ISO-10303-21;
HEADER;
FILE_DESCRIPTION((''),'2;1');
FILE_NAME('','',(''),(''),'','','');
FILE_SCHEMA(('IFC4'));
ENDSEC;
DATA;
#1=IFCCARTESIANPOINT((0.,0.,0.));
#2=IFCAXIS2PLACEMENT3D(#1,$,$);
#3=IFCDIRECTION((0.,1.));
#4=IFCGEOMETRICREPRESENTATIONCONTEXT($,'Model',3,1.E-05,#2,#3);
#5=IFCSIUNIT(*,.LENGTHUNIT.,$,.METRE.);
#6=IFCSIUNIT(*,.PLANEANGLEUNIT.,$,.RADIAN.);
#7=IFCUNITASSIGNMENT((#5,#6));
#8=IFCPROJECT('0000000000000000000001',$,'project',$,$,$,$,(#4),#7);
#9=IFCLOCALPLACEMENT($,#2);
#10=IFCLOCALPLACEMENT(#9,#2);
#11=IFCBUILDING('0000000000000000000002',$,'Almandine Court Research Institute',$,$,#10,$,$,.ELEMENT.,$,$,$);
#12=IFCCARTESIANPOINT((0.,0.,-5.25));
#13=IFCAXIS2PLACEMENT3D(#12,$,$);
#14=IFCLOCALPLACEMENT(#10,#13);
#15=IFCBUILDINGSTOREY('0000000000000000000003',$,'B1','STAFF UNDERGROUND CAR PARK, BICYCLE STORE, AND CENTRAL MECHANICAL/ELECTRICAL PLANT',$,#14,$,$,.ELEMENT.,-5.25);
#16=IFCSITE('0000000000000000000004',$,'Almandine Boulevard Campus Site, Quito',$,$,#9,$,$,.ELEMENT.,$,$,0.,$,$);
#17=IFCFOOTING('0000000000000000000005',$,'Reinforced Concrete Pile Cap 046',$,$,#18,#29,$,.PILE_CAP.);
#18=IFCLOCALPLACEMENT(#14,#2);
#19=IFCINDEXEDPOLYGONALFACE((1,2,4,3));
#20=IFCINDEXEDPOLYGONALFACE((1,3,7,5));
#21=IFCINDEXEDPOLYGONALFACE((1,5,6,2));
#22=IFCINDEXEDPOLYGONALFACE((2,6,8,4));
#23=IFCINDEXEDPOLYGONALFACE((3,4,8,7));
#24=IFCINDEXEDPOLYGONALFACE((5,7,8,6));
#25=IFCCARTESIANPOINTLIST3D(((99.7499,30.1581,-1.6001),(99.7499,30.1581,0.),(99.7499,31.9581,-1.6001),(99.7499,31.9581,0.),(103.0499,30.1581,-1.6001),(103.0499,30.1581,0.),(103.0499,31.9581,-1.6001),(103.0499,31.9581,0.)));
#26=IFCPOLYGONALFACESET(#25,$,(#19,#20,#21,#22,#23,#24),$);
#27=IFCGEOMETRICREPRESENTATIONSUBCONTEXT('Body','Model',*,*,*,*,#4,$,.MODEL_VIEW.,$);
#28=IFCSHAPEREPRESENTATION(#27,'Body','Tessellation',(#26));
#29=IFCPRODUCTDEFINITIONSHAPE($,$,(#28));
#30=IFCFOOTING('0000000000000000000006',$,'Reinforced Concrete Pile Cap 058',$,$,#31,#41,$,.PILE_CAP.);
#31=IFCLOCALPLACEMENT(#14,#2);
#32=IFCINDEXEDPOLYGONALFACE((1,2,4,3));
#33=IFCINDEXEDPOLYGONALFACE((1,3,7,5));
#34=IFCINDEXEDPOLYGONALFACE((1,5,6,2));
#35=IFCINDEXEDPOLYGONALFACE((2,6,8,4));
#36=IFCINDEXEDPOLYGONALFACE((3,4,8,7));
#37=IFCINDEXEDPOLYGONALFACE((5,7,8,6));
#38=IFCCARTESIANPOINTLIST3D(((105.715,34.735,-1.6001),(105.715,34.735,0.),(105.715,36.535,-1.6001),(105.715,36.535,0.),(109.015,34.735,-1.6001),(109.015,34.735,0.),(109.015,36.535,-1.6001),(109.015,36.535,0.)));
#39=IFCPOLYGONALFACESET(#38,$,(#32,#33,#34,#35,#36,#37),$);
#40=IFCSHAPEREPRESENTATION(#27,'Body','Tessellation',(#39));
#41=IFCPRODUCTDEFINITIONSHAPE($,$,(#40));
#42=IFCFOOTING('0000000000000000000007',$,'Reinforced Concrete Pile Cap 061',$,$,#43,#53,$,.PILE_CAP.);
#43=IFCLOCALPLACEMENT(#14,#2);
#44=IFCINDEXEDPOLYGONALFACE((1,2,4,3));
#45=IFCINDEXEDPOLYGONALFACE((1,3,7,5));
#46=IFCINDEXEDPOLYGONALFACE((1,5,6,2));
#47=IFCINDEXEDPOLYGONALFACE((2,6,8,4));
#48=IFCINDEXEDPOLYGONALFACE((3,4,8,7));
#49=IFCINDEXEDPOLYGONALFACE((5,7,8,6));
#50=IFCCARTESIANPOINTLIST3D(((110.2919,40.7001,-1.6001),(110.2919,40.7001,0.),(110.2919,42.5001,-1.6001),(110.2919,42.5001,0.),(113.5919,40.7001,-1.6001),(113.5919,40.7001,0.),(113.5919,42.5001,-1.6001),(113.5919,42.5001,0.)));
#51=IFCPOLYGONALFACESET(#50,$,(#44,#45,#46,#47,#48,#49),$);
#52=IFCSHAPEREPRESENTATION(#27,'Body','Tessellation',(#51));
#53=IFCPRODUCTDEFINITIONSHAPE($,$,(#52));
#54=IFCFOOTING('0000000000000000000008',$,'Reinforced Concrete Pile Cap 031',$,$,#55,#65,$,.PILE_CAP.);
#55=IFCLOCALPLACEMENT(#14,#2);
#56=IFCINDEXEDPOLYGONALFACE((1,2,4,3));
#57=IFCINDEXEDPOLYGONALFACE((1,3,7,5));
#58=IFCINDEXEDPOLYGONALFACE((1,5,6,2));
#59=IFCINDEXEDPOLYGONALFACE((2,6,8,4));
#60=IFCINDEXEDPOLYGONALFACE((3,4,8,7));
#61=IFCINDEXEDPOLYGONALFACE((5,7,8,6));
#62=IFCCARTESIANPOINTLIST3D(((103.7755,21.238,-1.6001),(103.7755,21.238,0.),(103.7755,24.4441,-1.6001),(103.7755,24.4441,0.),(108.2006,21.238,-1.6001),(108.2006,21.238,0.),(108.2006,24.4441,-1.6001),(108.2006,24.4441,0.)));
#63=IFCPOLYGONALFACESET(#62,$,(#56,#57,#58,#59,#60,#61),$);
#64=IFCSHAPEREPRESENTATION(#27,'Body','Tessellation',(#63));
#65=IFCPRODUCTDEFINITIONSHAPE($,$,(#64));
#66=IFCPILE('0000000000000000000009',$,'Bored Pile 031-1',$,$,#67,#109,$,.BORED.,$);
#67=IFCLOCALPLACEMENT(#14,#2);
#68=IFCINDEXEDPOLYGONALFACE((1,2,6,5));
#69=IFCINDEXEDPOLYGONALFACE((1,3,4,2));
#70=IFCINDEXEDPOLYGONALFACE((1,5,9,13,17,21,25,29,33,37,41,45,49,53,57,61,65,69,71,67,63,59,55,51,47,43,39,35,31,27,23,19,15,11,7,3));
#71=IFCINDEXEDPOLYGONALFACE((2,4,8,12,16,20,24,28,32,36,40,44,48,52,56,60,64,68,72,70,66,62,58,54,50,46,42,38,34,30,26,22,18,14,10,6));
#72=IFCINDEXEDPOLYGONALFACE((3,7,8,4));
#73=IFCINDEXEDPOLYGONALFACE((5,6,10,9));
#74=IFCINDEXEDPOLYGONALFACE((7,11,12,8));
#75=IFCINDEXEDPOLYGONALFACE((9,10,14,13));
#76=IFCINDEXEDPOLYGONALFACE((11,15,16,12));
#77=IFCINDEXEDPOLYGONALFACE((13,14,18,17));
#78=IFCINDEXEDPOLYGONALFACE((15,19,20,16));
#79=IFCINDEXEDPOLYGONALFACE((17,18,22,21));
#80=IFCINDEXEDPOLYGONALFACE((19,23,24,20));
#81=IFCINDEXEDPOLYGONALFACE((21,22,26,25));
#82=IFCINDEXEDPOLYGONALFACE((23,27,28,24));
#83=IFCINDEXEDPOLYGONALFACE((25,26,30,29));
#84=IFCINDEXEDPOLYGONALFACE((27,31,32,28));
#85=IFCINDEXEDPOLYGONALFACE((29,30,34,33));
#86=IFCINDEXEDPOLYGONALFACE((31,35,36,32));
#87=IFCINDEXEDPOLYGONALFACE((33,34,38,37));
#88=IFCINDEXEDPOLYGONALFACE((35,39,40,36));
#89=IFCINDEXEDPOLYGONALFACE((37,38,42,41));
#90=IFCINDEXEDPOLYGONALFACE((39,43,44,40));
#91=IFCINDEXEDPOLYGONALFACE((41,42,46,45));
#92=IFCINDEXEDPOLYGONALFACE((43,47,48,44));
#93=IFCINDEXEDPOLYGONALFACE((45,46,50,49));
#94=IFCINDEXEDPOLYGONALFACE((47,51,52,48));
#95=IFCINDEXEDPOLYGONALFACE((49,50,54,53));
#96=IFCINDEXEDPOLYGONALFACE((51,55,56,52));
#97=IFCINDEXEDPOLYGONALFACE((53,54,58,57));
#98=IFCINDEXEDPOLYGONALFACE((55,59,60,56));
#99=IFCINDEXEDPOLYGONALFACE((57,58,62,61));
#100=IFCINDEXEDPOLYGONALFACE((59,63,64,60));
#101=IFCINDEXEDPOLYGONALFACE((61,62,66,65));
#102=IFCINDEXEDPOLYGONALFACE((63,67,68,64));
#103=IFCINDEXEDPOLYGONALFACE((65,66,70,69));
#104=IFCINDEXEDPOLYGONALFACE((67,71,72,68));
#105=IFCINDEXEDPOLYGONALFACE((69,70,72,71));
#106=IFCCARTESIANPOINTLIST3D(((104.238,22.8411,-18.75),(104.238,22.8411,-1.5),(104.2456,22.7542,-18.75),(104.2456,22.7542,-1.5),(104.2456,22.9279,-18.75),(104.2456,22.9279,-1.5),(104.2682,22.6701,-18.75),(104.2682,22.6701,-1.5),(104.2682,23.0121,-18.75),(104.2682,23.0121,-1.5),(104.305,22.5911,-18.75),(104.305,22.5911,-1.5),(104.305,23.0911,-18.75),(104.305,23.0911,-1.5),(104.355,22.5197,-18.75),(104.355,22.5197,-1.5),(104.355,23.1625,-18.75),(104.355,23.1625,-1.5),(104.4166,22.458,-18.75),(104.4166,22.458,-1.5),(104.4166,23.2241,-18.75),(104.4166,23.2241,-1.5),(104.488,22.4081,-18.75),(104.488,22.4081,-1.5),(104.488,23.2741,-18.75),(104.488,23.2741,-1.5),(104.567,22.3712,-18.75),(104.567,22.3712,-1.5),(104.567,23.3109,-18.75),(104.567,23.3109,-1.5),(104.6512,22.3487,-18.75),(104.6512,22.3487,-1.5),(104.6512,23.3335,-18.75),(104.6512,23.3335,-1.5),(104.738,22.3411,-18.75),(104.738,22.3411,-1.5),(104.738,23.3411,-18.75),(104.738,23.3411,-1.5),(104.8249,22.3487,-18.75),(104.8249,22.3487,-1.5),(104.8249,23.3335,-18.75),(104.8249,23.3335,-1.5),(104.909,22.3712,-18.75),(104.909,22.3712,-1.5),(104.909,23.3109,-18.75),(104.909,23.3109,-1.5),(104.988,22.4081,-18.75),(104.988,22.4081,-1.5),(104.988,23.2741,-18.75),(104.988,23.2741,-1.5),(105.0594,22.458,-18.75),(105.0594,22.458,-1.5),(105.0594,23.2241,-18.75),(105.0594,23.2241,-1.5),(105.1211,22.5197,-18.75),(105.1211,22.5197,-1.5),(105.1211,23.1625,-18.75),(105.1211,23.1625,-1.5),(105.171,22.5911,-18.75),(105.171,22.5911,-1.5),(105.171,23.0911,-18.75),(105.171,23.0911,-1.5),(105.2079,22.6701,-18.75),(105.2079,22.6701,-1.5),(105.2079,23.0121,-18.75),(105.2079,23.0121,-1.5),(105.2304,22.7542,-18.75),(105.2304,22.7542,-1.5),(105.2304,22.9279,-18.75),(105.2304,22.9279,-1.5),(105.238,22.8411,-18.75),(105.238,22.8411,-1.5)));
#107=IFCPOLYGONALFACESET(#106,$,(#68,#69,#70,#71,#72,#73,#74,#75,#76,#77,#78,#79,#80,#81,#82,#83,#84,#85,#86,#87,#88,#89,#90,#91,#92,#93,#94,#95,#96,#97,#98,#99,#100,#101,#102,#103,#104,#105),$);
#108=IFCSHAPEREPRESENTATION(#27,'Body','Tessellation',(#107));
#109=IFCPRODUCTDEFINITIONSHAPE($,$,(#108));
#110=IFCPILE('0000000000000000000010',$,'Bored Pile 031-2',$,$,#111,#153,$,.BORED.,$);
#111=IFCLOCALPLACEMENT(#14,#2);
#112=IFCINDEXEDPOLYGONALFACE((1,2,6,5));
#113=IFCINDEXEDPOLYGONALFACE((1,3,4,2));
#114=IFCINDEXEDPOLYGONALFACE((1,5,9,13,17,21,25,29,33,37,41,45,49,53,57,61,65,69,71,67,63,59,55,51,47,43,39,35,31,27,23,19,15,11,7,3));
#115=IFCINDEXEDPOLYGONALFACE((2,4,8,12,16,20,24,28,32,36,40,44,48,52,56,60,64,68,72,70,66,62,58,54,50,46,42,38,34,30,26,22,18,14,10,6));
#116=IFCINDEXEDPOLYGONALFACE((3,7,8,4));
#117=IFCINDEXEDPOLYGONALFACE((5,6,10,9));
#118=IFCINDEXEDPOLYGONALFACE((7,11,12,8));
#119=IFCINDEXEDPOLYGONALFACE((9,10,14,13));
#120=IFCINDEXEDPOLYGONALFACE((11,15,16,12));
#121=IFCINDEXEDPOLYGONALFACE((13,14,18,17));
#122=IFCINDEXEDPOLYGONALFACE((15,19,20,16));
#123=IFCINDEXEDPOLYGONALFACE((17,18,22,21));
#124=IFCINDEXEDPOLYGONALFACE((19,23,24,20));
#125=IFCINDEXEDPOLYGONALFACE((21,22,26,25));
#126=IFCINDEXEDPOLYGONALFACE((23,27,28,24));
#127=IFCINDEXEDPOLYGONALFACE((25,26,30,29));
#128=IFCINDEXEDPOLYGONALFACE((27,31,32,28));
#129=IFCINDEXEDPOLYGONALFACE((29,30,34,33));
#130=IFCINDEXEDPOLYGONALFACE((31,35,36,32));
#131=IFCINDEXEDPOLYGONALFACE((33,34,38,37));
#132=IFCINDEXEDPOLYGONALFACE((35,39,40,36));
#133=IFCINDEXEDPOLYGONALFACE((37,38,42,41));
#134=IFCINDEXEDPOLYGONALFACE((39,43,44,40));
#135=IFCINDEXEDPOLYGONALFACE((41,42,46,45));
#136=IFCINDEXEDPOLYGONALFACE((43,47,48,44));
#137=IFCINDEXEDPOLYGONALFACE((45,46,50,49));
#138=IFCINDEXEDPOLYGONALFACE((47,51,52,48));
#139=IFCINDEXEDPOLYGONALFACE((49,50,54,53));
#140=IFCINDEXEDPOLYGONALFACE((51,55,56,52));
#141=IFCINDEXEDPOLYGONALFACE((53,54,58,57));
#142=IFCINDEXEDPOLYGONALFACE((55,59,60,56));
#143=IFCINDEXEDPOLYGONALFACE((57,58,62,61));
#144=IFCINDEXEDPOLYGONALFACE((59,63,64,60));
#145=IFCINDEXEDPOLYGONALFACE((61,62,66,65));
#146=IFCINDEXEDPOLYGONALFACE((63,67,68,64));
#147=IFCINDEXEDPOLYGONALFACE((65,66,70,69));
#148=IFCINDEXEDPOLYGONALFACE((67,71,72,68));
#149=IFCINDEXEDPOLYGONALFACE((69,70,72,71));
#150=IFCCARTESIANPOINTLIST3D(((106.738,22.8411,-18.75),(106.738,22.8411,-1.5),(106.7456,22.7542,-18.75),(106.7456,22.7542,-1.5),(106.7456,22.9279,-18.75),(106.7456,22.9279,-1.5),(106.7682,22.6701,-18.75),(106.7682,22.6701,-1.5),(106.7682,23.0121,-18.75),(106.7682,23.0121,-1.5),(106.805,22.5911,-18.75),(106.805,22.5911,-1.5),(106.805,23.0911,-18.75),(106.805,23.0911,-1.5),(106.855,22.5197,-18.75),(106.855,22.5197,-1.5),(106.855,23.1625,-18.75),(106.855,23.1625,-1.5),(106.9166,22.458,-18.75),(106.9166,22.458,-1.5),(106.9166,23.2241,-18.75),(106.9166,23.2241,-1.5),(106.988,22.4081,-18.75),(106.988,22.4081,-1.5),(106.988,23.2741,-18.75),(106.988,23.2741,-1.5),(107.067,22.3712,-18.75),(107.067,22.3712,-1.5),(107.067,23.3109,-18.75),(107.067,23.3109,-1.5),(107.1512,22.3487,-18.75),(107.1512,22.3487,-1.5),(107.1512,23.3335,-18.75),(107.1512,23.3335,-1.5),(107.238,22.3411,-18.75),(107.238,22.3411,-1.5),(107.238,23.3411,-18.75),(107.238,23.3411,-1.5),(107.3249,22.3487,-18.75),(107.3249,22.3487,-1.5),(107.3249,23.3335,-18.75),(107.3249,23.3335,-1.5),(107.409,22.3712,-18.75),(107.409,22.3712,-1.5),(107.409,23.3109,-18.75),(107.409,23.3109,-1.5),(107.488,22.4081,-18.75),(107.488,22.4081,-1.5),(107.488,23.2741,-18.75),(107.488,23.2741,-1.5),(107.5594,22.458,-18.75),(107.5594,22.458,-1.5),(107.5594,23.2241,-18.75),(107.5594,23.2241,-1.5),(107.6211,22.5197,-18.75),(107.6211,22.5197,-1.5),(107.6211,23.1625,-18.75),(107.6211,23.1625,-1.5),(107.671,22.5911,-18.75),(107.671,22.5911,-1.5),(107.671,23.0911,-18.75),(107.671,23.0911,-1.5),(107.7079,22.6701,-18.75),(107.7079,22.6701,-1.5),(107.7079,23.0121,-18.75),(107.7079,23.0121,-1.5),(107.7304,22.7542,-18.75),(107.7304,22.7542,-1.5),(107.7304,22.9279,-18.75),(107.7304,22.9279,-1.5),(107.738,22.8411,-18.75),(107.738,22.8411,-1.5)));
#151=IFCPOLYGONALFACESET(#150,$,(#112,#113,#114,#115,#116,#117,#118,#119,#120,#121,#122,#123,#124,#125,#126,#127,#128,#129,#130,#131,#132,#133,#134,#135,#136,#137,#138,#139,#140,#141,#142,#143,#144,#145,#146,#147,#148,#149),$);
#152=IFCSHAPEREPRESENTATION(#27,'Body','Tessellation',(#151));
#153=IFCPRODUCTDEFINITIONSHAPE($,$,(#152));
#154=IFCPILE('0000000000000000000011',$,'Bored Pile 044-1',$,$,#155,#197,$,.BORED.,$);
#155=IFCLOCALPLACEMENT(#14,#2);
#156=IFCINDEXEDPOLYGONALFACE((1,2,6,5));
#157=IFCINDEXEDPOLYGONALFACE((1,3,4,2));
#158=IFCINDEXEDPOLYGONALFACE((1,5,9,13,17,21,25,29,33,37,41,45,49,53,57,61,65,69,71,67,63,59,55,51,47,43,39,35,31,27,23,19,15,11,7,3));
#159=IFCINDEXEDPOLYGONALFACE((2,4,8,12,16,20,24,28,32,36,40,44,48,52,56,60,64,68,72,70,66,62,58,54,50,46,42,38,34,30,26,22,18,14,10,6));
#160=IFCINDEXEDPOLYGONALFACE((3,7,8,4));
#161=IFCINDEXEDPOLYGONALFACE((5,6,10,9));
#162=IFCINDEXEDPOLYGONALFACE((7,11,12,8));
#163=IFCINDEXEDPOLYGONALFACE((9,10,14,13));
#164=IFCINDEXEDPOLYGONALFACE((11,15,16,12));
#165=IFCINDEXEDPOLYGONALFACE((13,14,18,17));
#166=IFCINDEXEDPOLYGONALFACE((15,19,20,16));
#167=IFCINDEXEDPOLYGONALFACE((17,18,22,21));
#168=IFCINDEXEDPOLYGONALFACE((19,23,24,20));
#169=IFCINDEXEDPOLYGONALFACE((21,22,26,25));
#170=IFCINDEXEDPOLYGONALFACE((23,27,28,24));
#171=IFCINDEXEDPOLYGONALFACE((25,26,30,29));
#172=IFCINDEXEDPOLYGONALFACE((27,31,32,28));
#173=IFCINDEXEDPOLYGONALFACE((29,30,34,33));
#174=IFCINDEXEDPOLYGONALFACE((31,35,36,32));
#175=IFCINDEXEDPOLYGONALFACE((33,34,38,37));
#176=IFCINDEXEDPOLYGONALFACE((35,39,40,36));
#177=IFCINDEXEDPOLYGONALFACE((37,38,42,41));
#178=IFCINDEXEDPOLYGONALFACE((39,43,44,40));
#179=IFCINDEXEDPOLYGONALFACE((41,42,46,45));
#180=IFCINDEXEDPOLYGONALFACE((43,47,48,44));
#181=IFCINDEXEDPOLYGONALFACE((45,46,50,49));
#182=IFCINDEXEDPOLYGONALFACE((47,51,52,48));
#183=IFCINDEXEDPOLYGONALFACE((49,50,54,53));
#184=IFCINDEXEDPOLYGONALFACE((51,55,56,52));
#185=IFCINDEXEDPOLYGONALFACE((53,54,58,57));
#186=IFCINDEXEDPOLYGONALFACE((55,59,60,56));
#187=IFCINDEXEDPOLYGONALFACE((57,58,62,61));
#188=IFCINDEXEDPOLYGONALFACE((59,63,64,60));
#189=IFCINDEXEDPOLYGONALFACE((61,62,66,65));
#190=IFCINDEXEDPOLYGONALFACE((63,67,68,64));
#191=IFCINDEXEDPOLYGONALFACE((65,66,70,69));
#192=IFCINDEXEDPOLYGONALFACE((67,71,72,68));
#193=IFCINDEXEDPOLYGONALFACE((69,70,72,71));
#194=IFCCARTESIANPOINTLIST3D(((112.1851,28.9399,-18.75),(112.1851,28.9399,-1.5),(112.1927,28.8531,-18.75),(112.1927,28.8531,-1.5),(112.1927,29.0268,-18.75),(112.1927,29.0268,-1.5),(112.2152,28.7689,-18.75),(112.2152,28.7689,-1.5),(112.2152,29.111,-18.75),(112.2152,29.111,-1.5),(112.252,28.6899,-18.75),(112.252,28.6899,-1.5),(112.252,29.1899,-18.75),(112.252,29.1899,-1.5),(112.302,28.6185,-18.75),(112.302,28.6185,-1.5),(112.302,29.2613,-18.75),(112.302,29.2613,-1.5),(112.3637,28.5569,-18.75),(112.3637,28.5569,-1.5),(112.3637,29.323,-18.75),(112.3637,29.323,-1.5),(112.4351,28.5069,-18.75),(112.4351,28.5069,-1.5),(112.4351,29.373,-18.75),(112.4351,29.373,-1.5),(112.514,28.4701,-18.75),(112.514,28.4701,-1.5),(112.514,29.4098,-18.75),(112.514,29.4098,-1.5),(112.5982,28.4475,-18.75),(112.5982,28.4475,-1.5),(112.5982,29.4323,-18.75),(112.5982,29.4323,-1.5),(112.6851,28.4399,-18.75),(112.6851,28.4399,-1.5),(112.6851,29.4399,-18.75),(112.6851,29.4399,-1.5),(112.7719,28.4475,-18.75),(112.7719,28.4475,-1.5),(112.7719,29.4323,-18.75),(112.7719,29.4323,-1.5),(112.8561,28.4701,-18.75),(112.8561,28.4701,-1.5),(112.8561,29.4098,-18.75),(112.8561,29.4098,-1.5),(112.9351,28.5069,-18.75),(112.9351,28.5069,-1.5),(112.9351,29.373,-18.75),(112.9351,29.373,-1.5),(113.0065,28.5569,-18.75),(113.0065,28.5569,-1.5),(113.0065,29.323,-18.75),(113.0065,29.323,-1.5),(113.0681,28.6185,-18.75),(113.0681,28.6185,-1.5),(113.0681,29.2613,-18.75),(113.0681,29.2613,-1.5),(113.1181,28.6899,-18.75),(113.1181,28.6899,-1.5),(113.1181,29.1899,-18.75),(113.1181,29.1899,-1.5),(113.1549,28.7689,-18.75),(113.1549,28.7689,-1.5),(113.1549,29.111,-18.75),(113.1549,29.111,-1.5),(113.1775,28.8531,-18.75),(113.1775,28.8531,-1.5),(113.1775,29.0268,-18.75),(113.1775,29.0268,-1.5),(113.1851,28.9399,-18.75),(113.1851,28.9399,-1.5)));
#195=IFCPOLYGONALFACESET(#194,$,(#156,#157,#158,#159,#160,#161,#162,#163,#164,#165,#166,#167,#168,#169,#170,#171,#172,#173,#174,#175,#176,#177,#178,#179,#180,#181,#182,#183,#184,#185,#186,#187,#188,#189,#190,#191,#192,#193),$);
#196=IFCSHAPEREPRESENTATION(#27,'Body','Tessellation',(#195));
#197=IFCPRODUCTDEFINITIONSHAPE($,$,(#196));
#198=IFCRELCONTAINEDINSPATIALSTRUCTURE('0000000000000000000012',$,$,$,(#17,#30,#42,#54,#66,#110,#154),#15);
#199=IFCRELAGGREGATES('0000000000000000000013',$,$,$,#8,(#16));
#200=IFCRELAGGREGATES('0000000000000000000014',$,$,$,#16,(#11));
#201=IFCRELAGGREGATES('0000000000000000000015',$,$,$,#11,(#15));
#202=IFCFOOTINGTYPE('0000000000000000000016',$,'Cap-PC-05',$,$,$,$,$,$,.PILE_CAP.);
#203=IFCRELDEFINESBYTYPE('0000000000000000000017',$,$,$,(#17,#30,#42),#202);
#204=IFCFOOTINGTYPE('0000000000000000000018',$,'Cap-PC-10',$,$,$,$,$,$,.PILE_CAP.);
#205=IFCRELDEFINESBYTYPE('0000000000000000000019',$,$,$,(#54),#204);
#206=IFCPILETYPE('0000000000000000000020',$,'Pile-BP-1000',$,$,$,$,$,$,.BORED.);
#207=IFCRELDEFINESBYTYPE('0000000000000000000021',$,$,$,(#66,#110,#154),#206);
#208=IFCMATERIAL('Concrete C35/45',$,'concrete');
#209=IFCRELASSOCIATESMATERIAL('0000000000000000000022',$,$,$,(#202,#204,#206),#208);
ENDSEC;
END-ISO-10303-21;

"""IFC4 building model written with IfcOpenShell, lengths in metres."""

from ifc_helpers import new_model, si_unit, direction, frame, origin, origin_2d, place, context, subcontext, project, spatial, rectangle, circle, extrude, material, material_profile, profile_set, type_object, element, save


model = new_model("IFC4")

# Units and contexts
model_context = context("Model", 3, precision=1e-05, world=origin(), true_north=direction((0.0, 1.0)))
body_context = subcontext(model_context, "Body", "Model", "MODEL_VIEW")
ifc_project = project(units=[si_unit("LENGTHUNIT", "METRE"), si_unit("PLANEANGLEUNIT", "RADIAN")], contexts=[model_context])

# Site, building, storey
site_placement = place(None, origin())
site = spatial("IfcSite", under=ifc_project, at=site_placement, Name="Almandine Boulevard Campus Site, Quito", CompositionType="ELEMENT", RefElevation=0.0)
building_placement = place(site_placement, origin())
building = spatial("IfcBuilding", under=site, at=building_placement, Name="Almandine Court Research Institute", CompositionType="ELEMENT")
storey_placement = place(building_placement, frame((0.0, 0.0, -5.25)))
storey = spatial("IfcBuildingStorey", under=building, at=storey_placement, Name="B1", Description="STAFF UNDERGROUND CAR PARK, BICYCLE STORE, AND CENTRAL MECHANICAL/ELECTRICAL PLANT", CompositionType="ELEMENT", Elevation=-5.25)

# Footings
ifc_material_1 = material(Name="Concrete C35/45", Category="concrete")
footing_type_1 = type_object("IfcFootingType", Name="Cap-PC-05", PredefinedType="PILE_CAP", material=ifc_material_1)
for number, where, z_axis, x_axis, name in (
    (1, (101.3999, 31.0581, -1.6001), (0.0, 0.0, 1.0), (1.0, 0.0, 0.0), "Reinforced Concrete Pile Cap 046"),
    (2, (107.365, 35.635, -1.6001), (0.0, 0.0, 1.0), (1.0, 0.0, 0.0), "Reinforced Concrete Pile Cap 058"),
    (3, (111.9419, 41.6001, -1.6001), (0.0, 0.0, 1.0), (1.0, 0.0, 0.0), "Reinforced Concrete Pile Cap 061"),
):
    element("IfcFooting", number, at=place(storey_placement, frame(where, z_axis=z_axis, x_axis=x_axis)), inside=storey, type_object=footing_type_1, Name=name, PredefinedType="PILE_CAP", context=body_context, shape_type="SweptSolid", body=[
        extrude(rectangle(XDim=3.3, YDim=1.8, at=origin_2d()), origin(), (0.0, 0.0, 1.0), 1.6001),
    ])
footing_type_2 = type_object("IfcFootingType", Name="Cap-PC-10", PredefinedType="PILE_CAP", material=ifc_material_1)
footing_1_placement = place(storey_placement, frame((105.988, 22.8411, -1.6001), z_axis=(0.0, 0.0, 1.0), x_axis=(1.0, 0.0, 0.0)))
element("IfcFooting", 4, at=footing_1_placement, inside=storey, type_object=footing_type_2, Name="Reinforced Concrete Pile Cap 031", PredefinedType="PILE_CAP", context=body_context, shape_type="SweptSolid", body=[
    extrude(rectangle(XDim=4.425, YDim=3.2061, at=origin_2d()), origin(), (0.0, 0.0, 1.0), 1.6001),
])

# Piles
ifc_material_profile_1 = material_profile(ifc_material_1, circle(Radius=0.5, at=origin_2d()), Name="BORED PILE D1000")
ifc_profile_set_1 = profile_set([ifc_material_profile_1], Name="Concrete C35/45")
pile_type_1 = type_object("IfcPileType", Name="Pile-BP-1000", PredefinedType="BORED", material=ifc_profile_set_1)
for number, where, z_axis, x_axis, name in (
    (5, (104.738, 22.8411, -1.5), (0.0, 0.0, -1.0), (1.0, 0.0, 0.0), "Bored Pile 031-1"),
    (6, (107.238, 22.8411, -1.5), (0.0, 0.0, -1.0), (1.0, 0.0, 0.0), "Bored Pile 031-2"),
    (7, (112.6851, 28.9399, -1.5), (0.0, 0.0, -1.0), (1.0, 0.0, 0.0), "Bored Pile 044-1"),
):
    element("IfcPile", number, at=place(storey_placement, frame(where, z_axis=z_axis, x_axis=x_axis)), inside=storey, type_object=pile_type_1, Name=name, PredefinedType="BORED", context=body_context, shape_type="SweptSolid", body=[
        extrude(circle(Radius=0.5, at=origin_2d()), origin(), (0.0, 0.0, 1.0), 17.25),
    ])

save(model, "model.ifc")
